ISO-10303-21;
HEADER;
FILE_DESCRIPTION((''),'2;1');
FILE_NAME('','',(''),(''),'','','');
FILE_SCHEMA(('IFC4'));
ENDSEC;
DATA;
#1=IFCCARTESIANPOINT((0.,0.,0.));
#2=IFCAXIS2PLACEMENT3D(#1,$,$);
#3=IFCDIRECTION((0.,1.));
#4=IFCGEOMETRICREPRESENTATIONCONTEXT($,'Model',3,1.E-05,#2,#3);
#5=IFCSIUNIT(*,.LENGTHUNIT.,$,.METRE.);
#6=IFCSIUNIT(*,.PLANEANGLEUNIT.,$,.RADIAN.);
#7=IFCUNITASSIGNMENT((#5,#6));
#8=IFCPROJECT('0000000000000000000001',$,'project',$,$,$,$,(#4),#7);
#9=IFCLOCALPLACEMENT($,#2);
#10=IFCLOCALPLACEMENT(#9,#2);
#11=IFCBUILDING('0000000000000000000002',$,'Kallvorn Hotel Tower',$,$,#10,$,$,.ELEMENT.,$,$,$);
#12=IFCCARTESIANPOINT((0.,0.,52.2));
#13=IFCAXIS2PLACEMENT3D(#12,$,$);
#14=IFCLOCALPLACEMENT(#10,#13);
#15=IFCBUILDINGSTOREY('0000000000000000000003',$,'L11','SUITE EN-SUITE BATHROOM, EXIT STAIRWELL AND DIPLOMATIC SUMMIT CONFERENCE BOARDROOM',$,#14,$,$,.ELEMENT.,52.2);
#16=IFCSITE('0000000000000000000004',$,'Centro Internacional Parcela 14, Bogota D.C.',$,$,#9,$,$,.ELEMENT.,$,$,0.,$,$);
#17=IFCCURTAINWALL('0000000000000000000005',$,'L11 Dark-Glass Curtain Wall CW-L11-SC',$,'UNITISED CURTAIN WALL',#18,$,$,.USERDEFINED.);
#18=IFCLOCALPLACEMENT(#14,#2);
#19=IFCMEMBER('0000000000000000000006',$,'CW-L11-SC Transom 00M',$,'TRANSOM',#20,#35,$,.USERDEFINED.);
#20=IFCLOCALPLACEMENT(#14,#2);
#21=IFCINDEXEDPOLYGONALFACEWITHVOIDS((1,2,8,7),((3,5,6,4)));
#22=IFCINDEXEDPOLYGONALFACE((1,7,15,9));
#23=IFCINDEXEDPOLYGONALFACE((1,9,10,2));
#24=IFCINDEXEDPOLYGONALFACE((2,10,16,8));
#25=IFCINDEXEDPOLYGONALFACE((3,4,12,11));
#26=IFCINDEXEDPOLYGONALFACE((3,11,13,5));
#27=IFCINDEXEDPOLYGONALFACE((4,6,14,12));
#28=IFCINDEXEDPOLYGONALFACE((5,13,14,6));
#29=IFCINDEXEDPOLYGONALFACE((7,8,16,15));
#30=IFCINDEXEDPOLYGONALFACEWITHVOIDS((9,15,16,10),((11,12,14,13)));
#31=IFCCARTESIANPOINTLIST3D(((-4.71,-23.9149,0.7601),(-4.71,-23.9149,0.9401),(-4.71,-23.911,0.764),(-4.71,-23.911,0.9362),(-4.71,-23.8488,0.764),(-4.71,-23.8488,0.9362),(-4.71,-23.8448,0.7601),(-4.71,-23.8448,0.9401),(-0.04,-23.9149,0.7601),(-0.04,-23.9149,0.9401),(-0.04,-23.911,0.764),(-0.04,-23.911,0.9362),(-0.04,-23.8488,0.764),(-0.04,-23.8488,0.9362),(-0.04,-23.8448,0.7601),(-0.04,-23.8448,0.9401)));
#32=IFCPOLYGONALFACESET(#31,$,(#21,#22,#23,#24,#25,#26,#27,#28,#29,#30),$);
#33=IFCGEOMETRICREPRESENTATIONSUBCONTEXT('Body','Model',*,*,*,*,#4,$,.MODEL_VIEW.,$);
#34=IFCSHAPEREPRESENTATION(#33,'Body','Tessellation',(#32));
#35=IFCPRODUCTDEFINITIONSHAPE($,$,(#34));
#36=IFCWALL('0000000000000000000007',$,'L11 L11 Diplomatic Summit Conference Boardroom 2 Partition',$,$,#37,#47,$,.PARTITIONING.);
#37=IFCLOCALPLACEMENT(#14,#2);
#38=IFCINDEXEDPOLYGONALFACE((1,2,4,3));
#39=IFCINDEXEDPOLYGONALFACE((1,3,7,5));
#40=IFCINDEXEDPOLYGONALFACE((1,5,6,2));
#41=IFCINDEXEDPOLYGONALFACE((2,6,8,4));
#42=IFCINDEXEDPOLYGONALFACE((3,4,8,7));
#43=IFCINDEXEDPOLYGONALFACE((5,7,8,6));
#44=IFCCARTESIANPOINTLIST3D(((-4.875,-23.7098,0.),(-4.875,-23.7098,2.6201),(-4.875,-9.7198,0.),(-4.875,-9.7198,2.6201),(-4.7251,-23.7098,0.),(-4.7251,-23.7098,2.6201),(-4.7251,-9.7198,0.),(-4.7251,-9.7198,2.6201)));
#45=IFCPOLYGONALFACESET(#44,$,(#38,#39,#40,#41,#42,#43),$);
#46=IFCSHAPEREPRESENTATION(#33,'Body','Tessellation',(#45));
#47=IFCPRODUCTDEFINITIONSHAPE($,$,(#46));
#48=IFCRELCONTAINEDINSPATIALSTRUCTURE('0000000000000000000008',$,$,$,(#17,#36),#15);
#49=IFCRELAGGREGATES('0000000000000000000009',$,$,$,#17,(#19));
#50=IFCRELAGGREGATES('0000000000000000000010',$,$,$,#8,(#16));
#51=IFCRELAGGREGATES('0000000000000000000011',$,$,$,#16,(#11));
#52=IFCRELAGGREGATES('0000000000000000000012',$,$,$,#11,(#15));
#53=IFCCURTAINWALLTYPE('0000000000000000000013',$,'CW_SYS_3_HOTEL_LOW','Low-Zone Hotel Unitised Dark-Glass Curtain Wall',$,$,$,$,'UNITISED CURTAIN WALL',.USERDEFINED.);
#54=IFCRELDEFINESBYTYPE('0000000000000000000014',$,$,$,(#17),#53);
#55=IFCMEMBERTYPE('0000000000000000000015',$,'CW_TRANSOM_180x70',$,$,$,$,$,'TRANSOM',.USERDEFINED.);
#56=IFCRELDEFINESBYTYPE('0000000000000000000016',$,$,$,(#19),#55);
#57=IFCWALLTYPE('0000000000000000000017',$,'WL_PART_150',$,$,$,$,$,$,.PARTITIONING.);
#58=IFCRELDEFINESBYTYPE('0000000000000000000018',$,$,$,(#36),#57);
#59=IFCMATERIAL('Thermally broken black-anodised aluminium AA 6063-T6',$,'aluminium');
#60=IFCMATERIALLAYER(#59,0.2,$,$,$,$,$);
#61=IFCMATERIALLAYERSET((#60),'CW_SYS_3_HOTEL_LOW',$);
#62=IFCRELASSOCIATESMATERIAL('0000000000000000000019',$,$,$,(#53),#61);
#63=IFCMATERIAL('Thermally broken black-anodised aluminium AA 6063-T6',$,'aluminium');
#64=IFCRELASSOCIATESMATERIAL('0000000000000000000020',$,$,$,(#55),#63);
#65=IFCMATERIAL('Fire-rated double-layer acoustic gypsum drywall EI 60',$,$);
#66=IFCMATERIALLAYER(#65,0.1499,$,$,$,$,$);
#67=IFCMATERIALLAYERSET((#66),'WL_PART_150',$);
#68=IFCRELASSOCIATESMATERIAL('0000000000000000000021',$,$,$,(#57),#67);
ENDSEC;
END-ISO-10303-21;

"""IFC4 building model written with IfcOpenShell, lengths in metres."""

from ifc_helpers import new_model, si_unit, direction, frame, frame_2d, origin, origin_2d, place, context, subcontext, project, spatial, rectangle, hollow_rectangle, extrude, material, layer, layer_set, material_profile, profile_set, type_object, element, aggregate, save


model = new_model("IFC4")

# Units and contexts
model_context = context("Model", 3, precision=1e-05, world=origin(), true_north=direction((0.0, 1.0)))
body_context = subcontext(model_context, "Body", "Model", "MODEL_VIEW")
ifc_project = project(units=[si_unit("LENGTHUNIT", "METRE"), si_unit("PLANEANGLEUNIT", "RADIAN")], contexts=[model_context])

# Site, building, storey
site_placement = place(None, origin())
site = spatial("IfcSite", under=ifc_project, at=site_placement, Name="Centro Internacional Parcela 14, Bogota D.C.", CompositionType="ELEMENT", RefElevation=0.0)
building_placement = place(site_placement, origin())
building = spatial("IfcBuilding", under=site, at=building_placement, Name="Kallvorn Hotel Tower", CompositionType="ELEMENT")
storey_placement = place(building_placement, frame((0.0, 0.0, 52.2)))
storey = spatial("IfcBuildingStorey", under=building, at=storey_placement, Name="L11", Description="SUITE EN-SUITE BATHROOM, EXIT STAIRWELL AND DIPLOMATIC SUMMIT CONFERENCE BOARDROOM", CompositionType="ELEMENT", Elevation=52.2)

# Curtain wall, member
ifc_material_1 = material(Name="Thermally broken black-anodised aluminium AA 6063-T6", Category="aluminium")
ifc_layer_1 = layer(ifc_material_1, 0.2)
ifc_layer_set_1 = layer_set([ifc_layer_1], Name="CW_SYS_3_HOTEL_LOW")
curtain_wall_type = type_object("IfcCurtainWallType", Name="CW_SYS_3_HOTEL_LOW", Description="Low-Zone Hotel Unitised Dark-Glass Curtain Wall", ElementType="UNITISED CURTAIN WALL", PredefinedType="USERDEFINED", material=ifc_layer_set_1)
curtain_wall_placement = place(storey_placement, origin())
curtain_wall = element("IfcCurtainWall", 1, at=curtain_wall_placement, inside=storey, type_object=curtain_wall_type, Name="L11 Dark-Glass Curtain Wall CW-L11-SC", ObjectType="UNITISED CURTAIN WALL", PredefinedType="USERDEFINED")
ifc_material_2 = material(Name="Thermally broken black-anodised aluminium AA 6063-T6", Category="aluminium")
ifc_material_profile_1 = material_profile(ifc_material_2, hollow_rectangle(XDim=0.0701, YDim=0.1799, WallThickness=0.0039, at=origin_2d()), Name="TRN 180x70")
ifc_profile_set_1 = profile_set([ifc_material_profile_1], Name="Thermally broken black-anodised aluminium AA 6063-T6")
member_type_1 = type_object("IfcMemberType", Name="CW_TRANSOM_180x70", ElementType="TRANSOM", PredefinedType="USERDEFINED", material=ifc_profile_set_1)
member_1_placement = place(storey_placement, frame((-4.71, -23.8799, 0.8501), z_axis=(1.0, 0.0, 0.0), x_axis=(0.0, 1.0, 0.0)))
member_1 = element("IfcMember", 2, at=member_1_placement, type_object=member_type_1, Name="CW-L11-SC Transom 00M", ObjectType="TRANSOM", PredefinedType="USERDEFINED", context=body_context, shape_type="SweptSolid", body=[
    extrude(hollow_rectangle(XDim=0.0701, YDim=0.1799, WallThickness=0.0039, at=origin_2d()), origin(), (0.0, 0.0, 1.0), 4.6699),
])
aggregate(curtain_wall, [member_1])

# Wall
ifc_material_3 = material(Name="Fire-rated double-layer acoustic gypsum drywall EI 60")
ifc_layer_2 = layer(ifc_material_3, 0.1499)
ifc_layer_set_2 = layer_set([ifc_layer_2], Name="WL_PART_150")
wall_type = type_object("IfcWallType", Name="WL_PART_150", PredefinedType="PARTITIONING", material=ifc_layer_set_2)
wall_placement = place(storey_placement, frame((-4.8, -23.71, 0.0), z_axis=(0.0, 0.0, 1.0), x_axis=(0.0, 1.0, 0.0)))
element("IfcWall", 3, at=wall_placement, inside=storey, type_object=wall_type, Name="L11 L11 Diplomatic Summit Conference Boardroom 2 Partition", PredefinedType="PARTITIONING", context=body_context, shape_type="SweptSolid", body=[
    extrude(rectangle(XDim=13.99, YDim=0.1499, at=frame_2d((6.9951, 0.0))), origin(), (0.0, 0.0, 1.0), 2.6201),
])

save(model, "model.ifc")
